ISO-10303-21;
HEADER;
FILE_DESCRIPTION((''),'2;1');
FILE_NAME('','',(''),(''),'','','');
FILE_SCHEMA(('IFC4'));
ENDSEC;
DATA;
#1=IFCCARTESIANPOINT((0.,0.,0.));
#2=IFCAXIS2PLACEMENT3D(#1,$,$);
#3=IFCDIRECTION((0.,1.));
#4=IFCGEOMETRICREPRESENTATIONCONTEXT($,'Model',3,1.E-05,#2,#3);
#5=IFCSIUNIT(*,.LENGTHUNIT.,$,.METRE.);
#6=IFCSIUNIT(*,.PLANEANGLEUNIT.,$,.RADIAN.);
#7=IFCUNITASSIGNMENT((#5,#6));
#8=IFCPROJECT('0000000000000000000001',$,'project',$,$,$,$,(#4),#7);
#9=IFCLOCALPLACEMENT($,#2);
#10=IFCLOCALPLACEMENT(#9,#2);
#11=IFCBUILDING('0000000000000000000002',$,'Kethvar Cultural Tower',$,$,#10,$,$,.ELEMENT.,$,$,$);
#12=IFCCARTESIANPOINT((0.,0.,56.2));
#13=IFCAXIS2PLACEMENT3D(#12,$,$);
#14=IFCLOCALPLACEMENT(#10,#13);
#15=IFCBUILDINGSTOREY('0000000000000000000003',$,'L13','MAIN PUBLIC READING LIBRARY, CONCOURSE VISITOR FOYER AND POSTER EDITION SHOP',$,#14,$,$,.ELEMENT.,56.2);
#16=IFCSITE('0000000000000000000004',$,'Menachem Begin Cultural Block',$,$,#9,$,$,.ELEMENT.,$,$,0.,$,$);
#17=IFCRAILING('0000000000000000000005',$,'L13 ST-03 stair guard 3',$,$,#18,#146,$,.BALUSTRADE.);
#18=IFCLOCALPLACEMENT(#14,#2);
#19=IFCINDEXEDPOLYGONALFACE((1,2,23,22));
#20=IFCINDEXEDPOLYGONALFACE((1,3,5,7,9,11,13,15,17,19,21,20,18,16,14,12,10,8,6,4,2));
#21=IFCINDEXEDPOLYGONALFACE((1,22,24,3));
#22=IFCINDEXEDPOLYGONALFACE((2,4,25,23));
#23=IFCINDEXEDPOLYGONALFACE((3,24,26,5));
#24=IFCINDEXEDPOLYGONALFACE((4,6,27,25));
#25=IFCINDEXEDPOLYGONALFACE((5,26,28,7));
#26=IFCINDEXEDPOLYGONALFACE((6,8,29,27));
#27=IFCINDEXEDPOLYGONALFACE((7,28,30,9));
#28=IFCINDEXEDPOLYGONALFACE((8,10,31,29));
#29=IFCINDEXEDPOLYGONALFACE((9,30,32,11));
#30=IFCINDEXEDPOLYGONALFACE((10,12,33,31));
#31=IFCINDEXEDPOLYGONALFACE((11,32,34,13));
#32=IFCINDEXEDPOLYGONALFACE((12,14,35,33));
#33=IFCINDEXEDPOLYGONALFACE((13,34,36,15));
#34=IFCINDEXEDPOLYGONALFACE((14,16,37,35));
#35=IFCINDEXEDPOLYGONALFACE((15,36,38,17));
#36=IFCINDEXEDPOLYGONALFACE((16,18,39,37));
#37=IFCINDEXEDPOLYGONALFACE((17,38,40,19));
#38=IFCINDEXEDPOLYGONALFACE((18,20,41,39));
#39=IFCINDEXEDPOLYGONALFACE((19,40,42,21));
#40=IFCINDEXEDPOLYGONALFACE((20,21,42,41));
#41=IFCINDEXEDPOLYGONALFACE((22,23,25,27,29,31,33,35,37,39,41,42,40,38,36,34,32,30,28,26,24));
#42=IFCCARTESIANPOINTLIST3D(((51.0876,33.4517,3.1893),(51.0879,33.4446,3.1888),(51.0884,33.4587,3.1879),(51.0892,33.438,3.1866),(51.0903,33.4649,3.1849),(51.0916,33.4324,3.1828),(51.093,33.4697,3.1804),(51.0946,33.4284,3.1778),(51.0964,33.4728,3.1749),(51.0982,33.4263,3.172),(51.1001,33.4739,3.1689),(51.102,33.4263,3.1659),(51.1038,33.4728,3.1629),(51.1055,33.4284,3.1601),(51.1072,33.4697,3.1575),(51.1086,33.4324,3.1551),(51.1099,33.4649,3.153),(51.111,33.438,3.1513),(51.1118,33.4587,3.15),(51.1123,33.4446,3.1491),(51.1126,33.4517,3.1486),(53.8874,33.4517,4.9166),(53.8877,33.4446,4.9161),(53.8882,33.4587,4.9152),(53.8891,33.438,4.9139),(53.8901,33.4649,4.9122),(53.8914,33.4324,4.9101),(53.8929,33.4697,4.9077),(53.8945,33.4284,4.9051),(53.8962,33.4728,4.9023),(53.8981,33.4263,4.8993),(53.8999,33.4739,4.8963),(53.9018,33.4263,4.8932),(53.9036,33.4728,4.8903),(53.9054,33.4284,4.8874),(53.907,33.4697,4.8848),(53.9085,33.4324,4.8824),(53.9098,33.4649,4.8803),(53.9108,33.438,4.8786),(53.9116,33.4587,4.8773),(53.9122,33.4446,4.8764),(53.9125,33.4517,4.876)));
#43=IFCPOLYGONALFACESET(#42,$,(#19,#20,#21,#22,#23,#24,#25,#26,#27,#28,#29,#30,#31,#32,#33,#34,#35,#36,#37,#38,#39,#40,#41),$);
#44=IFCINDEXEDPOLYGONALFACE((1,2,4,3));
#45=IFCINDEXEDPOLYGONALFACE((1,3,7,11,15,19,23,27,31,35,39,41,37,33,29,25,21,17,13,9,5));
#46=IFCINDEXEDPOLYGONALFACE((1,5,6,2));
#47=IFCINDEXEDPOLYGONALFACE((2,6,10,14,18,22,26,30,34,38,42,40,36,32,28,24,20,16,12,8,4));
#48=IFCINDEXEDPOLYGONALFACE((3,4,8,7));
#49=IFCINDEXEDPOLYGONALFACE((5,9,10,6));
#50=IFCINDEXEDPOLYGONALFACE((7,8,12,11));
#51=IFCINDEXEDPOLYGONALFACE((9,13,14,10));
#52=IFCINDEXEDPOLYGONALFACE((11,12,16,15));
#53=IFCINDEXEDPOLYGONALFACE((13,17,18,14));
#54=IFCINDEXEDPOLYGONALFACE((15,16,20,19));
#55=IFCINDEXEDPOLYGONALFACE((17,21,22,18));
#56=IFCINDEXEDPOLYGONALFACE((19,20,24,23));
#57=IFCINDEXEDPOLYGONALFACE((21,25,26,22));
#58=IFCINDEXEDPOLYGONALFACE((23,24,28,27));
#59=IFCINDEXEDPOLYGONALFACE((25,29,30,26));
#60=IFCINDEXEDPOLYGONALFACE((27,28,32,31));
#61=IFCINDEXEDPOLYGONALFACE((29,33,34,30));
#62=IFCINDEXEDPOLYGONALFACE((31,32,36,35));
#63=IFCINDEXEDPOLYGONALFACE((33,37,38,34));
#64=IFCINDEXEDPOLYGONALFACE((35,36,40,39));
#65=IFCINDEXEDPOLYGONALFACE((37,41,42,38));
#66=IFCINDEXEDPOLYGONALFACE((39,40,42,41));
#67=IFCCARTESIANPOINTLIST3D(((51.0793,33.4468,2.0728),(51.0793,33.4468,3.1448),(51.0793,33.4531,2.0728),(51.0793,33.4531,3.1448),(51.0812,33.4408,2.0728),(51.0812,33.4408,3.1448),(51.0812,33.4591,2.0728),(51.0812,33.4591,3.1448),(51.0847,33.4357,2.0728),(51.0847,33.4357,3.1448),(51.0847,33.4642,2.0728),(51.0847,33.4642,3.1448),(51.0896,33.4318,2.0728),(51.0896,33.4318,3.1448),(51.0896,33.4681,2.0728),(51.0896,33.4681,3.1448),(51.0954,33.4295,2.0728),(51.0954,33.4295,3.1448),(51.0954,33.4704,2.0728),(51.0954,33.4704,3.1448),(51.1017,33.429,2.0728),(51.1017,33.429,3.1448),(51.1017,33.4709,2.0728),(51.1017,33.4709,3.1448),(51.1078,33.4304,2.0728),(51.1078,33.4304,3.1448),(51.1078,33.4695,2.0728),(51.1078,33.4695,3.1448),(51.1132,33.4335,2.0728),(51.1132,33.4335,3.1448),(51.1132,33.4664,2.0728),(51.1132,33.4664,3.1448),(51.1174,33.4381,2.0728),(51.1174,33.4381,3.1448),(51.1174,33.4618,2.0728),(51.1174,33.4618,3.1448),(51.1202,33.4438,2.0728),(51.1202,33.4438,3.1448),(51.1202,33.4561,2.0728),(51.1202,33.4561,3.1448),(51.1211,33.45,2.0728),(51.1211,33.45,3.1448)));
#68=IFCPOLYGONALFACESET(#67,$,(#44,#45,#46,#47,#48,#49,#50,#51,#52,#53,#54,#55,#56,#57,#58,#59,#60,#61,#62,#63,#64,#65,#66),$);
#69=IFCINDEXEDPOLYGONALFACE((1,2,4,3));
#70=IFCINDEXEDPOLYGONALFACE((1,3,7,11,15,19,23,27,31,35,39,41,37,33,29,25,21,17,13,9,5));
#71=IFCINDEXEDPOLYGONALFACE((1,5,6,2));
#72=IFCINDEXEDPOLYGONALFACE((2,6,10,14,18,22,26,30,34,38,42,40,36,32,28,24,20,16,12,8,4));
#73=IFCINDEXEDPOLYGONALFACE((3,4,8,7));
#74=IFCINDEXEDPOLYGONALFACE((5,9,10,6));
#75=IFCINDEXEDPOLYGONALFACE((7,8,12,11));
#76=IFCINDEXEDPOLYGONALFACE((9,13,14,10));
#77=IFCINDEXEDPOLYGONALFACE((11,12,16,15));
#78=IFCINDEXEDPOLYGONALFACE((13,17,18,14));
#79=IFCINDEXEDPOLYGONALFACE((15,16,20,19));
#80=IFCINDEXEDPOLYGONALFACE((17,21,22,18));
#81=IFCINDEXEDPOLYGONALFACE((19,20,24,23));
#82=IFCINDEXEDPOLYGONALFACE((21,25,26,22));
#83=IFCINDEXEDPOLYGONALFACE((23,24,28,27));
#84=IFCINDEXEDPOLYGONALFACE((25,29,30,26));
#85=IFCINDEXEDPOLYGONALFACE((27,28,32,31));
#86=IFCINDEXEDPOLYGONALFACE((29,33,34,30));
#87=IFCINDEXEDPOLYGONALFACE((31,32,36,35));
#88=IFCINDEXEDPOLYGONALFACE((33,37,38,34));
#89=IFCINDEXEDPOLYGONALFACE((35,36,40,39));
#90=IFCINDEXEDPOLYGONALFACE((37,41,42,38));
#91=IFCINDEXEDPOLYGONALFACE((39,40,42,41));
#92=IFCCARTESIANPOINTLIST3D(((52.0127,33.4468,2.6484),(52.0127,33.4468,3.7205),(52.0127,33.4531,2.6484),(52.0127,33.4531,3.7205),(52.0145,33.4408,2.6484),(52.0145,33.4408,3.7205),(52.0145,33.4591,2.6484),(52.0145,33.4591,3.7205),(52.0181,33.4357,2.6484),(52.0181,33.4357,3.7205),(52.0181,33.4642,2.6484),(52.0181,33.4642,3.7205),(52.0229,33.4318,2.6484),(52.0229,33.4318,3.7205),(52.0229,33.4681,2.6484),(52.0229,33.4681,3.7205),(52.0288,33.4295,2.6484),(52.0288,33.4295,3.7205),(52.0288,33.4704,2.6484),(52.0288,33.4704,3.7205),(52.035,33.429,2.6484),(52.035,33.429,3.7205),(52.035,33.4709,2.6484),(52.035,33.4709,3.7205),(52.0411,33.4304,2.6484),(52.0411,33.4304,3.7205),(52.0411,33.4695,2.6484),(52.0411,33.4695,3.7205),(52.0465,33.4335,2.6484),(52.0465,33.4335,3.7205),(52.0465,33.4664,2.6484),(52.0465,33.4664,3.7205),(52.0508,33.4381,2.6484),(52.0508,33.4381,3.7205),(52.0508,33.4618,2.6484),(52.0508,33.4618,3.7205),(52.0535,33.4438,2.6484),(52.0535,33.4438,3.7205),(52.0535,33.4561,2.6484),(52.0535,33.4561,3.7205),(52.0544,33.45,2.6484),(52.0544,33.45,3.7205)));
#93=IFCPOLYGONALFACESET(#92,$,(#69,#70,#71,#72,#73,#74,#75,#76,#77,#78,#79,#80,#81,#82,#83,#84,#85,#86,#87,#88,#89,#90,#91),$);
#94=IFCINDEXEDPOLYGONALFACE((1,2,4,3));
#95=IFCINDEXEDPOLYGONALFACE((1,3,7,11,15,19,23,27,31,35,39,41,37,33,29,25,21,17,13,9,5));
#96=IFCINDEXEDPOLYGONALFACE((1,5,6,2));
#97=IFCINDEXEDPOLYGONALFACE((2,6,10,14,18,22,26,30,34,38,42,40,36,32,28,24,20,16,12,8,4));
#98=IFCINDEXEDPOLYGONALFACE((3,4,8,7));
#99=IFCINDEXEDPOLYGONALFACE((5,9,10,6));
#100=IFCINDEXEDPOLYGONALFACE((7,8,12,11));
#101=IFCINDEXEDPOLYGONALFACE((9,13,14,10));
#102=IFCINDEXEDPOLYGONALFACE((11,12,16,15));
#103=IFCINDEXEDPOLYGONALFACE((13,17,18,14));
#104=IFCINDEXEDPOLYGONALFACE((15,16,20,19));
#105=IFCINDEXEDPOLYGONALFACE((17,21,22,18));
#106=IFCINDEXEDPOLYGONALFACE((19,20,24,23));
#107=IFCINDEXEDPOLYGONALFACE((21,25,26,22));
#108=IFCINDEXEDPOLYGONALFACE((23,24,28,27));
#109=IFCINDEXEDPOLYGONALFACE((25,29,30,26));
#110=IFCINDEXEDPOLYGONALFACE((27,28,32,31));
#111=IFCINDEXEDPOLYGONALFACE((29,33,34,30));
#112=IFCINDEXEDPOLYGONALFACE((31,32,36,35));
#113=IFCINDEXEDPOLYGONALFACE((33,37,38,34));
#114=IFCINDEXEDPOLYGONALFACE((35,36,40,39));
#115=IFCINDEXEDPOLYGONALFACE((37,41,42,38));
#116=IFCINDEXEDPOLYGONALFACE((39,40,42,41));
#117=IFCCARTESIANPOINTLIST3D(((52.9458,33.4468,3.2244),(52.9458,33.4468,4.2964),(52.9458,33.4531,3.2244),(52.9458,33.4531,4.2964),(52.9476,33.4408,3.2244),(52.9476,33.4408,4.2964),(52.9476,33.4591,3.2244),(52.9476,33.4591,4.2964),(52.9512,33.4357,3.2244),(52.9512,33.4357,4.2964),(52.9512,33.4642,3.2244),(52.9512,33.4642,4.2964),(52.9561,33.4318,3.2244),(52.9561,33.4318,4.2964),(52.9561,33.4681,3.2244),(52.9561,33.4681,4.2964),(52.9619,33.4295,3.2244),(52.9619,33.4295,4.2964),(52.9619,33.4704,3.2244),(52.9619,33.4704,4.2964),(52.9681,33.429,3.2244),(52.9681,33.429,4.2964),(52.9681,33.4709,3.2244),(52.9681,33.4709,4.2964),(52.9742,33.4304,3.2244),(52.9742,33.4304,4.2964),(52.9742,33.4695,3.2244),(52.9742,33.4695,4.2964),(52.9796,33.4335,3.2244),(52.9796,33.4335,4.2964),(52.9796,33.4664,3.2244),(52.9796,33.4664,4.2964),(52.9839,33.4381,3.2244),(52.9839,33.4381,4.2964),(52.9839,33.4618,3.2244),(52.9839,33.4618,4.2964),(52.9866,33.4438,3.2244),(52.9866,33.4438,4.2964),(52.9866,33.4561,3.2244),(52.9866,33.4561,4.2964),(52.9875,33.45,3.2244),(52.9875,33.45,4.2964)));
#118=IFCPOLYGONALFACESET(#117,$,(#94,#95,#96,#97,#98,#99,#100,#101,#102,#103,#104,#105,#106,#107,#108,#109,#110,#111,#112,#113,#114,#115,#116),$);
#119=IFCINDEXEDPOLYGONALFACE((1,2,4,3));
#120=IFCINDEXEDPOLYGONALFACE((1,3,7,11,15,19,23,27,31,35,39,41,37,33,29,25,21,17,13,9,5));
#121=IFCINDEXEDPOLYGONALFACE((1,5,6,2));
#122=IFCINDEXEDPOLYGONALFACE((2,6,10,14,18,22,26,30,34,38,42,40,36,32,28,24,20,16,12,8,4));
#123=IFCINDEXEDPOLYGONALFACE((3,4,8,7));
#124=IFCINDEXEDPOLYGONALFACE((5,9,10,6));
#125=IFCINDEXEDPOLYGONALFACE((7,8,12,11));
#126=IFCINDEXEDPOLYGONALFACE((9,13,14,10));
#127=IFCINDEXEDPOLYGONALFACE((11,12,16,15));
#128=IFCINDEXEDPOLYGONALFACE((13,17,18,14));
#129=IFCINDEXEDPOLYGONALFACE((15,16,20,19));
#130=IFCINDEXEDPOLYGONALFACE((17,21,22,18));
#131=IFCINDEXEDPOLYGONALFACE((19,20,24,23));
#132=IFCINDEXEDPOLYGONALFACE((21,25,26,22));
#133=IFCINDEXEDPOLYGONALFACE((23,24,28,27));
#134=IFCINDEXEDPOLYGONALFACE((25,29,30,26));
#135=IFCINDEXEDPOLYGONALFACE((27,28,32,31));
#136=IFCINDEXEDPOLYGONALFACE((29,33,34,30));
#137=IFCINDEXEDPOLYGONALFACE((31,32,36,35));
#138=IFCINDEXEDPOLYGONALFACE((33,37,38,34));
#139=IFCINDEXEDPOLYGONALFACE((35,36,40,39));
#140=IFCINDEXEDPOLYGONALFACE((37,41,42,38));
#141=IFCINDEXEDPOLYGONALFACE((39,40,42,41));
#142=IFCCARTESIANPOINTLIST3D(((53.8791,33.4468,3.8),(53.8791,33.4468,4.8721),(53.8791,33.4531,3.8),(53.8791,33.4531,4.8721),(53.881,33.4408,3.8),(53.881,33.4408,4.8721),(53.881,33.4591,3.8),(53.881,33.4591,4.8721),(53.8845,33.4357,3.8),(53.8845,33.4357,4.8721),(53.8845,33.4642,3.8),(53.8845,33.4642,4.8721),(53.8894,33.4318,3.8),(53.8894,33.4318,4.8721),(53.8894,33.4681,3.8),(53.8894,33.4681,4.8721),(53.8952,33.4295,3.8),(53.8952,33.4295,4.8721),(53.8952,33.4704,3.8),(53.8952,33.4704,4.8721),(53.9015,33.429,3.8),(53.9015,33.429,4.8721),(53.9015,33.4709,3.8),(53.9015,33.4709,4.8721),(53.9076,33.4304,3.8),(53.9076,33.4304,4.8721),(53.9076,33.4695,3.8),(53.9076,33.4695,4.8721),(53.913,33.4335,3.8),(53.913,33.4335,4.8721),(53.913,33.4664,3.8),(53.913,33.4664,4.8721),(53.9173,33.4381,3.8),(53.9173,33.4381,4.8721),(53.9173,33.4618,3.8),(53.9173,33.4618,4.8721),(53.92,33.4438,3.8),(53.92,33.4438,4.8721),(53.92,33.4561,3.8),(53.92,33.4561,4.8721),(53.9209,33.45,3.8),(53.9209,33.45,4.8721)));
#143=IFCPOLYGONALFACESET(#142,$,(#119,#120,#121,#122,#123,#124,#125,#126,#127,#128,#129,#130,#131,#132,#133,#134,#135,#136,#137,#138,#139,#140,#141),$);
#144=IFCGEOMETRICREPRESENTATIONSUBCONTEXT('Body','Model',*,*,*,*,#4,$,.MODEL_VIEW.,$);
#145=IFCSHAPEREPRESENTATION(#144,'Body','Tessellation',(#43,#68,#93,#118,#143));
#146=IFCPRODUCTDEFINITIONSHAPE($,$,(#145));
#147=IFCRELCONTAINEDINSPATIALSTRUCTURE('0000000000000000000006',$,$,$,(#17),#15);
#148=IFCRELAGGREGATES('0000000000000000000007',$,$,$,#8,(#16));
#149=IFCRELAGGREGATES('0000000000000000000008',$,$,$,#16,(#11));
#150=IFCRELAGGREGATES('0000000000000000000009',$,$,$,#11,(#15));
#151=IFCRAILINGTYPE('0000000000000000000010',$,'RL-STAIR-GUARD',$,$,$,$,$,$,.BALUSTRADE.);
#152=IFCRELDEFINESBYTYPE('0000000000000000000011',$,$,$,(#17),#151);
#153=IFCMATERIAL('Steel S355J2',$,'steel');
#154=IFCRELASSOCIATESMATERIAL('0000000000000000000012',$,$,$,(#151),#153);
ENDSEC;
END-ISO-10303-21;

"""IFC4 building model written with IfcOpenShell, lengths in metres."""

from ifc_helpers import new_model, si_unit, direction, frame, origin, origin_2d, place, context, subcontext, project, spatial, circle, extrude, material, type_object, element, save


model = new_model("IFC4")

# Units and contexts
model_context = context("Model", 3, precision=1e-05, world=origin(), true_north=direction((0.0, 1.0)))
body_context = subcontext(model_context, "Body", "Model", "MODEL_VIEW")
ifc_project = project(units=[si_unit("LENGTHUNIT", "METRE"), si_unit("PLANEANGLEUNIT", "RADIAN")], contexts=[model_context])

# Site, building, storey
site_placement = place(None, origin())
site = spatial("IfcSite", under=ifc_project, at=site_placement, Name="Menachem Begin Cultural Block", CompositionType="ELEMENT", RefElevation=0.0)
building_placement = place(site_placement, origin())
building = spatial("IfcBuilding", under=site, at=building_placement, Name="Kethvar Cultural Tower", CompositionType="ELEMENT")
storey_placement = place(building_placement, frame((0.0, 0.0, 56.2)))
storey = spatial("IfcBuildingStorey", under=building, at=storey_placement, Name="L13", Description="MAIN PUBLIC READING LIBRARY, CONCOURSE VISITOR FOYER AND POSTER EDITION SHOP", CompositionType="ELEMENT", Elevation=56.2)

# Shared definitions
ifc_material_1 = material(Name="Steel S355J2", Category="steel")

# Railing
railing_type_1 = type_object("IfcRailingType", Name="RL-STAIR-GUARD", PredefinedType="BALUSTRADE", material=ifc_material_1)
railing_1_placement = place(storey_placement, frame((51.1001, 33.45, 2.0728)))
element("IfcRailing", 1, at=railing_1_placement, inside=storey, type_object=railing_type_1, Name="L13 ST-03 stair guard 3", PredefinedType="BALUSTRADE", context=body_context, shape_type="SweptSolid", body=[
    extrude(circle(Radius=0.0239, at=origin_2d()), frame((0.0, 0.0, 1.0962), z_axis=(0.851069, 0.0, 0.525054), x_axis=(0.0, 1.0, 0.0)), (0.0, 0.0, 1.0), 3.2898),
    extrude(circle(Radius=0.021, at=origin_2d()), origin(), (0.0, 0.0, 1.0), 1.072),
    extrude(circle(Radius=0.021, at=origin_2d()), frame((0.9333, 0.0, 0.5757)), (0.0, 0.0, 1.0), 1.072),
    extrude(circle(Radius=0.021, at=origin_2d()), frame((1.8665, 0.0, 1.1516)), (0.0, 0.0, 1.0), 1.072),
    extrude(circle(Radius=0.021, at=origin_2d()), frame((2.7998, 0.0, 1.7273)), (0.0, 0.0, 1.0), 1.072),
])

save(model, "model.ifc")
